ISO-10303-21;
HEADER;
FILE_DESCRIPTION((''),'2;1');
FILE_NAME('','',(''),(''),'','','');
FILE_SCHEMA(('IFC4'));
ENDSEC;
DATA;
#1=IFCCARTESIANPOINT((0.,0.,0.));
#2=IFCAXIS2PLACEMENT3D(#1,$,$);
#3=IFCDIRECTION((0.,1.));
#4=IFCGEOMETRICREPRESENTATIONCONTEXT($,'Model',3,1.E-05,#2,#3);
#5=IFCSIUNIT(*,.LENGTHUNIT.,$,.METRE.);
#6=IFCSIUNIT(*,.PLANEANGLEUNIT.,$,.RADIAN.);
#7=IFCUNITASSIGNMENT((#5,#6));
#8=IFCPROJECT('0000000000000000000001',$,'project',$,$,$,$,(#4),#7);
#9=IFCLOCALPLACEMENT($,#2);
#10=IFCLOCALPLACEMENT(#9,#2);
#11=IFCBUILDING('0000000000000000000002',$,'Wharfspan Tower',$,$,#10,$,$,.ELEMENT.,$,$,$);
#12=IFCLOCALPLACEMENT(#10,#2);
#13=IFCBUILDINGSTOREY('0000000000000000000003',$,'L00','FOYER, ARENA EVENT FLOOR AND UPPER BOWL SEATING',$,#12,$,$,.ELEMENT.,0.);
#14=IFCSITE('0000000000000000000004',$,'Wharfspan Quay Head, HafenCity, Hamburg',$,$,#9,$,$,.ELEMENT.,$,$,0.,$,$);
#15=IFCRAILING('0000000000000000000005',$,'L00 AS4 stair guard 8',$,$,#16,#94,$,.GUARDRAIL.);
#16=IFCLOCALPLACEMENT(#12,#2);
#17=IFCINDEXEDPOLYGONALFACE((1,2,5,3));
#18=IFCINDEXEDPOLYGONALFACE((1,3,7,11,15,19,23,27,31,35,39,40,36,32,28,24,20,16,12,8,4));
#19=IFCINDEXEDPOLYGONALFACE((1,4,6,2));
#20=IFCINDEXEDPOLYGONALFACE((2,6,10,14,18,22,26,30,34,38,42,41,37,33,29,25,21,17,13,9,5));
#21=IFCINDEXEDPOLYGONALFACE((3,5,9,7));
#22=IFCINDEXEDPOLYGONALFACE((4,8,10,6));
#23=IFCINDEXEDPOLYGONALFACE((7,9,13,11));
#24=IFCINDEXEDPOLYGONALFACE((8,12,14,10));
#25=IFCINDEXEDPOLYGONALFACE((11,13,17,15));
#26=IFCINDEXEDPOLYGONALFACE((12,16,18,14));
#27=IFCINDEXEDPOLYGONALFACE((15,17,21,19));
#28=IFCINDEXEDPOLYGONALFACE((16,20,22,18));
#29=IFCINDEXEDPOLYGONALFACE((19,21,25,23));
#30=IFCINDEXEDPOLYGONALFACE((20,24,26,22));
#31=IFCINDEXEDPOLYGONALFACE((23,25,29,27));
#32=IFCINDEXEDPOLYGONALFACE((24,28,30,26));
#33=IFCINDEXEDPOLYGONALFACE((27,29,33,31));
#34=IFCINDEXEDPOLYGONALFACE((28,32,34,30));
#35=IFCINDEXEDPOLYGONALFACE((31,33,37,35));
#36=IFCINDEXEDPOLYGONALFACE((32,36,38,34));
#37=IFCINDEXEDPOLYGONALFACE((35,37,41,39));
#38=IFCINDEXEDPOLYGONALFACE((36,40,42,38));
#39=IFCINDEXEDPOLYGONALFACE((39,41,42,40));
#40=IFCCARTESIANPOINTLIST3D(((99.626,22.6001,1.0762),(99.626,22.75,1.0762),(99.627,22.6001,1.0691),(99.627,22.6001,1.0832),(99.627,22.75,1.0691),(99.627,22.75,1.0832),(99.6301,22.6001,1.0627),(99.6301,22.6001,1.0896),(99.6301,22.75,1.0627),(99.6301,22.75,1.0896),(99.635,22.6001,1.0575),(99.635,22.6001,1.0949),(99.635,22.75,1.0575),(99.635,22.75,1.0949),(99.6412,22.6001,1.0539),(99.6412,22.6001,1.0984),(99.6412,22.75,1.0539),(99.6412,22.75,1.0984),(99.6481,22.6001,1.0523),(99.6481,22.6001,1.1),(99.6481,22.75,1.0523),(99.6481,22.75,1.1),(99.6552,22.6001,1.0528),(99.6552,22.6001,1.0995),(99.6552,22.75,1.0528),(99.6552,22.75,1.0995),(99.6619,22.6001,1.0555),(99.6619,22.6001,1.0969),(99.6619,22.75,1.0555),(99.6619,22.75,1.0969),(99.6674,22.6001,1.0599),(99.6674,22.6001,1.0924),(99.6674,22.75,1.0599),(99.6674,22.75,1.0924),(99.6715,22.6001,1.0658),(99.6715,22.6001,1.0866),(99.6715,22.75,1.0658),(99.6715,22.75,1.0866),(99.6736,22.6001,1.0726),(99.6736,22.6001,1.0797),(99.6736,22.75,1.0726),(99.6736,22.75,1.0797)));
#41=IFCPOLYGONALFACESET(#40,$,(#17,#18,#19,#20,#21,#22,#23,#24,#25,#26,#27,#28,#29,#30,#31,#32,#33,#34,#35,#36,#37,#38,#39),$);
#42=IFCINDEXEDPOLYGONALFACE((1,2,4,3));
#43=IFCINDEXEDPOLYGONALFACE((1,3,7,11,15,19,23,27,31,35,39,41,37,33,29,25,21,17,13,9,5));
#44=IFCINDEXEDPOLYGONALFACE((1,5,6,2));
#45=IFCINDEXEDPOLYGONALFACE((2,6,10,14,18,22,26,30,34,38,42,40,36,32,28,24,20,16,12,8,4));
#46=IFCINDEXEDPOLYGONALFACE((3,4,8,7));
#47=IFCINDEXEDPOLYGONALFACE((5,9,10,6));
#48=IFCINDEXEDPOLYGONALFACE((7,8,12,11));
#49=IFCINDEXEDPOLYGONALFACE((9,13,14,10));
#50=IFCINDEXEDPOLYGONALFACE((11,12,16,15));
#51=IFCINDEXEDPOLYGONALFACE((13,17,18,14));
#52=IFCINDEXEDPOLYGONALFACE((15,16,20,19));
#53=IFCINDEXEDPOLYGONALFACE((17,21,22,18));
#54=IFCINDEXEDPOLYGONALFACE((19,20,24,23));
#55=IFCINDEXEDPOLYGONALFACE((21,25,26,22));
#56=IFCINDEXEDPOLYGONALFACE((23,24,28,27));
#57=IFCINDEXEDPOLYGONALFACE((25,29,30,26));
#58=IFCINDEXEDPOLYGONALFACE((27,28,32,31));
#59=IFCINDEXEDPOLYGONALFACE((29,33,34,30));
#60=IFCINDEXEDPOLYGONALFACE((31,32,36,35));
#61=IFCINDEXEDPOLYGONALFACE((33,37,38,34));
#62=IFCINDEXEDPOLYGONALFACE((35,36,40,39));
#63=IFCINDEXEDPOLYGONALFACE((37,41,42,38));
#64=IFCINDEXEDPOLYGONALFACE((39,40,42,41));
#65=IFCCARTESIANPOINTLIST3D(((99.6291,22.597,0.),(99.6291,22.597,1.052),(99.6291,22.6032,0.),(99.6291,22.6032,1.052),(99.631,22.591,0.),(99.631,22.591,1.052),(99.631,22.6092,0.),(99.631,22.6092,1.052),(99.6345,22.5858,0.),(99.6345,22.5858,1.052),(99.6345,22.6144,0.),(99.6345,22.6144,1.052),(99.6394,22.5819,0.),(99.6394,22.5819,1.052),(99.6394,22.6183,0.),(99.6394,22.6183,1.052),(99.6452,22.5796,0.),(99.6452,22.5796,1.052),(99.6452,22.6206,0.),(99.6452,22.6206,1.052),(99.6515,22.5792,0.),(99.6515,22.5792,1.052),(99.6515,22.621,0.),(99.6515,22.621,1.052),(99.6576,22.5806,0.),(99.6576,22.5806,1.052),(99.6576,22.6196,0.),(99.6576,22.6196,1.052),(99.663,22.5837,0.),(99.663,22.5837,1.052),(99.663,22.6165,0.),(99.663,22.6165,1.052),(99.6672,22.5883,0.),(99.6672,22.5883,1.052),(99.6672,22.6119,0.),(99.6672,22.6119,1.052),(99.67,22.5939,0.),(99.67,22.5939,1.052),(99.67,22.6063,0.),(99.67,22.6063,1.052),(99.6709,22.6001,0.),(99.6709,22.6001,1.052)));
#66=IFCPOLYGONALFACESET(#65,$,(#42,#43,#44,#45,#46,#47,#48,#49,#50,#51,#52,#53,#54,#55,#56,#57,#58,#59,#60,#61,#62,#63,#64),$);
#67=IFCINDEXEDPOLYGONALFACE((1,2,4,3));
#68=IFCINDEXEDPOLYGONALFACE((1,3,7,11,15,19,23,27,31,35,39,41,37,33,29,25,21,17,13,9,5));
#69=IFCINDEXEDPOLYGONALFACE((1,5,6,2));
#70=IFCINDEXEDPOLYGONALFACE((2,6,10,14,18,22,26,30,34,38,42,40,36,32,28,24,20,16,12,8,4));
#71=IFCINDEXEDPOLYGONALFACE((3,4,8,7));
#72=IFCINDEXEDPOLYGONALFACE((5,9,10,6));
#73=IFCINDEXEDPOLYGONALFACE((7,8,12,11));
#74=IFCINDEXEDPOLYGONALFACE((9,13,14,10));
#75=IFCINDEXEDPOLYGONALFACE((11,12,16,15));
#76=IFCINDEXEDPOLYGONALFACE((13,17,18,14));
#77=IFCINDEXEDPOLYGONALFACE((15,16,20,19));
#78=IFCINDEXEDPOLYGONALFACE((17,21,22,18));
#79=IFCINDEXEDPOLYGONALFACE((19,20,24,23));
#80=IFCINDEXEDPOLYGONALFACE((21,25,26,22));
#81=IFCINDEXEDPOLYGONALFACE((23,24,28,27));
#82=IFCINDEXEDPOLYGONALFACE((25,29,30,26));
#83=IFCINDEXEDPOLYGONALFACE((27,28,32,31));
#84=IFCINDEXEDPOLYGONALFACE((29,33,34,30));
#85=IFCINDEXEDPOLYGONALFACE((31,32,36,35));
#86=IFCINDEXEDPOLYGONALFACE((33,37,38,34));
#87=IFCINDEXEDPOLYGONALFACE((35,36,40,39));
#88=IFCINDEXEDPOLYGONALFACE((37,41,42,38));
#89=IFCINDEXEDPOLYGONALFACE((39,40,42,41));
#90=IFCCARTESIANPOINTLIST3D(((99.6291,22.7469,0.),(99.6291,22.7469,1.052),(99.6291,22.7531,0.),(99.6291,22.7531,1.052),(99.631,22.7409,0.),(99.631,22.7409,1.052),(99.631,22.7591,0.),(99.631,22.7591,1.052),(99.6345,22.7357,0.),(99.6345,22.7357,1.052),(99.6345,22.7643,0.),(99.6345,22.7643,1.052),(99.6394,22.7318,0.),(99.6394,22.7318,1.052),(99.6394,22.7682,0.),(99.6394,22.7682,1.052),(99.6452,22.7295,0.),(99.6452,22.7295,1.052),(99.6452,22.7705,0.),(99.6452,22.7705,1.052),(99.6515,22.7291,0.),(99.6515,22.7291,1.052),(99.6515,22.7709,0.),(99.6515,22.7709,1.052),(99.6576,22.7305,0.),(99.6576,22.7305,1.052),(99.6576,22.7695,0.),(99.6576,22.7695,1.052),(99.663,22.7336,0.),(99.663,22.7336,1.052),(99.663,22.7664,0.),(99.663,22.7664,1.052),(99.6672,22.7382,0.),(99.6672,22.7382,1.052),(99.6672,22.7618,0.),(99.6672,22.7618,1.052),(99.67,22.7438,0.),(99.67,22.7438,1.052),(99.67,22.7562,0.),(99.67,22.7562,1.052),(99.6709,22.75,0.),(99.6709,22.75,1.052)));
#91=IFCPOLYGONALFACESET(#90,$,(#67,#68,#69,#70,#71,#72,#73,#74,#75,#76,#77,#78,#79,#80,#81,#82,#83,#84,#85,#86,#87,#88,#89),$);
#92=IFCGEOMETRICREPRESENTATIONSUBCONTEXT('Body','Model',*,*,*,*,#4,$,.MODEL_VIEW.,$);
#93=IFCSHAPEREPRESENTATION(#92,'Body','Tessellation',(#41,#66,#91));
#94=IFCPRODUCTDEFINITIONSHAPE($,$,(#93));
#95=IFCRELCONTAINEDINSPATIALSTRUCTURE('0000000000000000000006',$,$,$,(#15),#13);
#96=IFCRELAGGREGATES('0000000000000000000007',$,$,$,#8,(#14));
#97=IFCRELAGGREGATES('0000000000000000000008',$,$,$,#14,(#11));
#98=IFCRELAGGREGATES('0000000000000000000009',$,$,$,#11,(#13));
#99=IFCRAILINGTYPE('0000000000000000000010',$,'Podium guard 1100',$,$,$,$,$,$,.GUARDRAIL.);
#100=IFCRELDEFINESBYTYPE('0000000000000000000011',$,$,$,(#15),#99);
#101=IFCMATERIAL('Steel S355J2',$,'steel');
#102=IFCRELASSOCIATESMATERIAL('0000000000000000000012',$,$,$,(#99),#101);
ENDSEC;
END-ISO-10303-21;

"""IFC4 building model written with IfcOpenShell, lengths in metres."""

from ifc_helpers import new_model, si_unit, direction, frame, origin, origin_2d, place, context, subcontext, project, spatial, circle, extrude, material, type_object, element, save


model = new_model("IFC4")

# Units and contexts
model_context = context("Model", 3, precision=1e-05, world=origin(), true_north=direction((0.0, 1.0)))
body_context = subcontext(model_context, "Body", "Model", "MODEL_VIEW")
ifc_project = project(units=[si_unit("LENGTHUNIT", "METRE"), si_unit("PLANEANGLEUNIT", "RADIAN")], contexts=[model_context])

# Site, building, storey
site_placement = place(None, origin())
site = spatial("IfcSite", under=ifc_project, at=site_placement, Name="Wharfspan Quay Head, HafenCity, Hamburg", CompositionType="ELEMENT", RefElevation=0.0)
building_placement = place(site_placement, origin())
building = spatial("IfcBuilding", under=site, at=building_placement, Name="Wharfspan Tower", CompositionType="ELEMENT")
storey_placement = place(building_placement, origin())
storey = spatial("IfcBuildingStorey", under=building, at=storey_placement, Name="L00", Description="FOYER, ARENA EVENT FLOOR AND UPPER BOWL SEATING", CompositionType="ELEMENT", Elevation=0.0)

# Railing
ifc_material_1 = material(Name="Steel S355J2", Category="steel")
railing_type_1 = type_object("IfcRailingType", Name="Podium guard 1100", PredefinedType="GUARDRAIL", material=ifc_material_1)
for number, where, name in (
    (1, (99.6499, 22.6001, 0.0), "L00 AS4 stair guard 8"),
):
    element("IfcRailing", number, at=place(storey_placement, frame(where)), inside=storey, type_object=railing_type_1, Name=name, PredefinedType="GUARDRAIL", context=body_context, shape_type="SweptSolid", body=[
        extrude(circle(Radius=0.0239, at=origin_2d()), frame((0.0, 0.0, 1.0762), z_axis=(0.0, 1.0, 0.0), x_axis=(-1.0, 0.0, 0.0)), (0.0, 0.0, 1.0), 0.1499),
        extrude(circle(Radius=0.021, at=origin_2d()), origin(), (0.0, 0.0, 1.0), 1.052),
        extrude(circle(Radius=0.021, at=origin_2d()), frame((0.0, 0.1499, 0.0)), (0.0, 0.0, 1.0), 1.052),
    ])

save(model, "model.ifc")
